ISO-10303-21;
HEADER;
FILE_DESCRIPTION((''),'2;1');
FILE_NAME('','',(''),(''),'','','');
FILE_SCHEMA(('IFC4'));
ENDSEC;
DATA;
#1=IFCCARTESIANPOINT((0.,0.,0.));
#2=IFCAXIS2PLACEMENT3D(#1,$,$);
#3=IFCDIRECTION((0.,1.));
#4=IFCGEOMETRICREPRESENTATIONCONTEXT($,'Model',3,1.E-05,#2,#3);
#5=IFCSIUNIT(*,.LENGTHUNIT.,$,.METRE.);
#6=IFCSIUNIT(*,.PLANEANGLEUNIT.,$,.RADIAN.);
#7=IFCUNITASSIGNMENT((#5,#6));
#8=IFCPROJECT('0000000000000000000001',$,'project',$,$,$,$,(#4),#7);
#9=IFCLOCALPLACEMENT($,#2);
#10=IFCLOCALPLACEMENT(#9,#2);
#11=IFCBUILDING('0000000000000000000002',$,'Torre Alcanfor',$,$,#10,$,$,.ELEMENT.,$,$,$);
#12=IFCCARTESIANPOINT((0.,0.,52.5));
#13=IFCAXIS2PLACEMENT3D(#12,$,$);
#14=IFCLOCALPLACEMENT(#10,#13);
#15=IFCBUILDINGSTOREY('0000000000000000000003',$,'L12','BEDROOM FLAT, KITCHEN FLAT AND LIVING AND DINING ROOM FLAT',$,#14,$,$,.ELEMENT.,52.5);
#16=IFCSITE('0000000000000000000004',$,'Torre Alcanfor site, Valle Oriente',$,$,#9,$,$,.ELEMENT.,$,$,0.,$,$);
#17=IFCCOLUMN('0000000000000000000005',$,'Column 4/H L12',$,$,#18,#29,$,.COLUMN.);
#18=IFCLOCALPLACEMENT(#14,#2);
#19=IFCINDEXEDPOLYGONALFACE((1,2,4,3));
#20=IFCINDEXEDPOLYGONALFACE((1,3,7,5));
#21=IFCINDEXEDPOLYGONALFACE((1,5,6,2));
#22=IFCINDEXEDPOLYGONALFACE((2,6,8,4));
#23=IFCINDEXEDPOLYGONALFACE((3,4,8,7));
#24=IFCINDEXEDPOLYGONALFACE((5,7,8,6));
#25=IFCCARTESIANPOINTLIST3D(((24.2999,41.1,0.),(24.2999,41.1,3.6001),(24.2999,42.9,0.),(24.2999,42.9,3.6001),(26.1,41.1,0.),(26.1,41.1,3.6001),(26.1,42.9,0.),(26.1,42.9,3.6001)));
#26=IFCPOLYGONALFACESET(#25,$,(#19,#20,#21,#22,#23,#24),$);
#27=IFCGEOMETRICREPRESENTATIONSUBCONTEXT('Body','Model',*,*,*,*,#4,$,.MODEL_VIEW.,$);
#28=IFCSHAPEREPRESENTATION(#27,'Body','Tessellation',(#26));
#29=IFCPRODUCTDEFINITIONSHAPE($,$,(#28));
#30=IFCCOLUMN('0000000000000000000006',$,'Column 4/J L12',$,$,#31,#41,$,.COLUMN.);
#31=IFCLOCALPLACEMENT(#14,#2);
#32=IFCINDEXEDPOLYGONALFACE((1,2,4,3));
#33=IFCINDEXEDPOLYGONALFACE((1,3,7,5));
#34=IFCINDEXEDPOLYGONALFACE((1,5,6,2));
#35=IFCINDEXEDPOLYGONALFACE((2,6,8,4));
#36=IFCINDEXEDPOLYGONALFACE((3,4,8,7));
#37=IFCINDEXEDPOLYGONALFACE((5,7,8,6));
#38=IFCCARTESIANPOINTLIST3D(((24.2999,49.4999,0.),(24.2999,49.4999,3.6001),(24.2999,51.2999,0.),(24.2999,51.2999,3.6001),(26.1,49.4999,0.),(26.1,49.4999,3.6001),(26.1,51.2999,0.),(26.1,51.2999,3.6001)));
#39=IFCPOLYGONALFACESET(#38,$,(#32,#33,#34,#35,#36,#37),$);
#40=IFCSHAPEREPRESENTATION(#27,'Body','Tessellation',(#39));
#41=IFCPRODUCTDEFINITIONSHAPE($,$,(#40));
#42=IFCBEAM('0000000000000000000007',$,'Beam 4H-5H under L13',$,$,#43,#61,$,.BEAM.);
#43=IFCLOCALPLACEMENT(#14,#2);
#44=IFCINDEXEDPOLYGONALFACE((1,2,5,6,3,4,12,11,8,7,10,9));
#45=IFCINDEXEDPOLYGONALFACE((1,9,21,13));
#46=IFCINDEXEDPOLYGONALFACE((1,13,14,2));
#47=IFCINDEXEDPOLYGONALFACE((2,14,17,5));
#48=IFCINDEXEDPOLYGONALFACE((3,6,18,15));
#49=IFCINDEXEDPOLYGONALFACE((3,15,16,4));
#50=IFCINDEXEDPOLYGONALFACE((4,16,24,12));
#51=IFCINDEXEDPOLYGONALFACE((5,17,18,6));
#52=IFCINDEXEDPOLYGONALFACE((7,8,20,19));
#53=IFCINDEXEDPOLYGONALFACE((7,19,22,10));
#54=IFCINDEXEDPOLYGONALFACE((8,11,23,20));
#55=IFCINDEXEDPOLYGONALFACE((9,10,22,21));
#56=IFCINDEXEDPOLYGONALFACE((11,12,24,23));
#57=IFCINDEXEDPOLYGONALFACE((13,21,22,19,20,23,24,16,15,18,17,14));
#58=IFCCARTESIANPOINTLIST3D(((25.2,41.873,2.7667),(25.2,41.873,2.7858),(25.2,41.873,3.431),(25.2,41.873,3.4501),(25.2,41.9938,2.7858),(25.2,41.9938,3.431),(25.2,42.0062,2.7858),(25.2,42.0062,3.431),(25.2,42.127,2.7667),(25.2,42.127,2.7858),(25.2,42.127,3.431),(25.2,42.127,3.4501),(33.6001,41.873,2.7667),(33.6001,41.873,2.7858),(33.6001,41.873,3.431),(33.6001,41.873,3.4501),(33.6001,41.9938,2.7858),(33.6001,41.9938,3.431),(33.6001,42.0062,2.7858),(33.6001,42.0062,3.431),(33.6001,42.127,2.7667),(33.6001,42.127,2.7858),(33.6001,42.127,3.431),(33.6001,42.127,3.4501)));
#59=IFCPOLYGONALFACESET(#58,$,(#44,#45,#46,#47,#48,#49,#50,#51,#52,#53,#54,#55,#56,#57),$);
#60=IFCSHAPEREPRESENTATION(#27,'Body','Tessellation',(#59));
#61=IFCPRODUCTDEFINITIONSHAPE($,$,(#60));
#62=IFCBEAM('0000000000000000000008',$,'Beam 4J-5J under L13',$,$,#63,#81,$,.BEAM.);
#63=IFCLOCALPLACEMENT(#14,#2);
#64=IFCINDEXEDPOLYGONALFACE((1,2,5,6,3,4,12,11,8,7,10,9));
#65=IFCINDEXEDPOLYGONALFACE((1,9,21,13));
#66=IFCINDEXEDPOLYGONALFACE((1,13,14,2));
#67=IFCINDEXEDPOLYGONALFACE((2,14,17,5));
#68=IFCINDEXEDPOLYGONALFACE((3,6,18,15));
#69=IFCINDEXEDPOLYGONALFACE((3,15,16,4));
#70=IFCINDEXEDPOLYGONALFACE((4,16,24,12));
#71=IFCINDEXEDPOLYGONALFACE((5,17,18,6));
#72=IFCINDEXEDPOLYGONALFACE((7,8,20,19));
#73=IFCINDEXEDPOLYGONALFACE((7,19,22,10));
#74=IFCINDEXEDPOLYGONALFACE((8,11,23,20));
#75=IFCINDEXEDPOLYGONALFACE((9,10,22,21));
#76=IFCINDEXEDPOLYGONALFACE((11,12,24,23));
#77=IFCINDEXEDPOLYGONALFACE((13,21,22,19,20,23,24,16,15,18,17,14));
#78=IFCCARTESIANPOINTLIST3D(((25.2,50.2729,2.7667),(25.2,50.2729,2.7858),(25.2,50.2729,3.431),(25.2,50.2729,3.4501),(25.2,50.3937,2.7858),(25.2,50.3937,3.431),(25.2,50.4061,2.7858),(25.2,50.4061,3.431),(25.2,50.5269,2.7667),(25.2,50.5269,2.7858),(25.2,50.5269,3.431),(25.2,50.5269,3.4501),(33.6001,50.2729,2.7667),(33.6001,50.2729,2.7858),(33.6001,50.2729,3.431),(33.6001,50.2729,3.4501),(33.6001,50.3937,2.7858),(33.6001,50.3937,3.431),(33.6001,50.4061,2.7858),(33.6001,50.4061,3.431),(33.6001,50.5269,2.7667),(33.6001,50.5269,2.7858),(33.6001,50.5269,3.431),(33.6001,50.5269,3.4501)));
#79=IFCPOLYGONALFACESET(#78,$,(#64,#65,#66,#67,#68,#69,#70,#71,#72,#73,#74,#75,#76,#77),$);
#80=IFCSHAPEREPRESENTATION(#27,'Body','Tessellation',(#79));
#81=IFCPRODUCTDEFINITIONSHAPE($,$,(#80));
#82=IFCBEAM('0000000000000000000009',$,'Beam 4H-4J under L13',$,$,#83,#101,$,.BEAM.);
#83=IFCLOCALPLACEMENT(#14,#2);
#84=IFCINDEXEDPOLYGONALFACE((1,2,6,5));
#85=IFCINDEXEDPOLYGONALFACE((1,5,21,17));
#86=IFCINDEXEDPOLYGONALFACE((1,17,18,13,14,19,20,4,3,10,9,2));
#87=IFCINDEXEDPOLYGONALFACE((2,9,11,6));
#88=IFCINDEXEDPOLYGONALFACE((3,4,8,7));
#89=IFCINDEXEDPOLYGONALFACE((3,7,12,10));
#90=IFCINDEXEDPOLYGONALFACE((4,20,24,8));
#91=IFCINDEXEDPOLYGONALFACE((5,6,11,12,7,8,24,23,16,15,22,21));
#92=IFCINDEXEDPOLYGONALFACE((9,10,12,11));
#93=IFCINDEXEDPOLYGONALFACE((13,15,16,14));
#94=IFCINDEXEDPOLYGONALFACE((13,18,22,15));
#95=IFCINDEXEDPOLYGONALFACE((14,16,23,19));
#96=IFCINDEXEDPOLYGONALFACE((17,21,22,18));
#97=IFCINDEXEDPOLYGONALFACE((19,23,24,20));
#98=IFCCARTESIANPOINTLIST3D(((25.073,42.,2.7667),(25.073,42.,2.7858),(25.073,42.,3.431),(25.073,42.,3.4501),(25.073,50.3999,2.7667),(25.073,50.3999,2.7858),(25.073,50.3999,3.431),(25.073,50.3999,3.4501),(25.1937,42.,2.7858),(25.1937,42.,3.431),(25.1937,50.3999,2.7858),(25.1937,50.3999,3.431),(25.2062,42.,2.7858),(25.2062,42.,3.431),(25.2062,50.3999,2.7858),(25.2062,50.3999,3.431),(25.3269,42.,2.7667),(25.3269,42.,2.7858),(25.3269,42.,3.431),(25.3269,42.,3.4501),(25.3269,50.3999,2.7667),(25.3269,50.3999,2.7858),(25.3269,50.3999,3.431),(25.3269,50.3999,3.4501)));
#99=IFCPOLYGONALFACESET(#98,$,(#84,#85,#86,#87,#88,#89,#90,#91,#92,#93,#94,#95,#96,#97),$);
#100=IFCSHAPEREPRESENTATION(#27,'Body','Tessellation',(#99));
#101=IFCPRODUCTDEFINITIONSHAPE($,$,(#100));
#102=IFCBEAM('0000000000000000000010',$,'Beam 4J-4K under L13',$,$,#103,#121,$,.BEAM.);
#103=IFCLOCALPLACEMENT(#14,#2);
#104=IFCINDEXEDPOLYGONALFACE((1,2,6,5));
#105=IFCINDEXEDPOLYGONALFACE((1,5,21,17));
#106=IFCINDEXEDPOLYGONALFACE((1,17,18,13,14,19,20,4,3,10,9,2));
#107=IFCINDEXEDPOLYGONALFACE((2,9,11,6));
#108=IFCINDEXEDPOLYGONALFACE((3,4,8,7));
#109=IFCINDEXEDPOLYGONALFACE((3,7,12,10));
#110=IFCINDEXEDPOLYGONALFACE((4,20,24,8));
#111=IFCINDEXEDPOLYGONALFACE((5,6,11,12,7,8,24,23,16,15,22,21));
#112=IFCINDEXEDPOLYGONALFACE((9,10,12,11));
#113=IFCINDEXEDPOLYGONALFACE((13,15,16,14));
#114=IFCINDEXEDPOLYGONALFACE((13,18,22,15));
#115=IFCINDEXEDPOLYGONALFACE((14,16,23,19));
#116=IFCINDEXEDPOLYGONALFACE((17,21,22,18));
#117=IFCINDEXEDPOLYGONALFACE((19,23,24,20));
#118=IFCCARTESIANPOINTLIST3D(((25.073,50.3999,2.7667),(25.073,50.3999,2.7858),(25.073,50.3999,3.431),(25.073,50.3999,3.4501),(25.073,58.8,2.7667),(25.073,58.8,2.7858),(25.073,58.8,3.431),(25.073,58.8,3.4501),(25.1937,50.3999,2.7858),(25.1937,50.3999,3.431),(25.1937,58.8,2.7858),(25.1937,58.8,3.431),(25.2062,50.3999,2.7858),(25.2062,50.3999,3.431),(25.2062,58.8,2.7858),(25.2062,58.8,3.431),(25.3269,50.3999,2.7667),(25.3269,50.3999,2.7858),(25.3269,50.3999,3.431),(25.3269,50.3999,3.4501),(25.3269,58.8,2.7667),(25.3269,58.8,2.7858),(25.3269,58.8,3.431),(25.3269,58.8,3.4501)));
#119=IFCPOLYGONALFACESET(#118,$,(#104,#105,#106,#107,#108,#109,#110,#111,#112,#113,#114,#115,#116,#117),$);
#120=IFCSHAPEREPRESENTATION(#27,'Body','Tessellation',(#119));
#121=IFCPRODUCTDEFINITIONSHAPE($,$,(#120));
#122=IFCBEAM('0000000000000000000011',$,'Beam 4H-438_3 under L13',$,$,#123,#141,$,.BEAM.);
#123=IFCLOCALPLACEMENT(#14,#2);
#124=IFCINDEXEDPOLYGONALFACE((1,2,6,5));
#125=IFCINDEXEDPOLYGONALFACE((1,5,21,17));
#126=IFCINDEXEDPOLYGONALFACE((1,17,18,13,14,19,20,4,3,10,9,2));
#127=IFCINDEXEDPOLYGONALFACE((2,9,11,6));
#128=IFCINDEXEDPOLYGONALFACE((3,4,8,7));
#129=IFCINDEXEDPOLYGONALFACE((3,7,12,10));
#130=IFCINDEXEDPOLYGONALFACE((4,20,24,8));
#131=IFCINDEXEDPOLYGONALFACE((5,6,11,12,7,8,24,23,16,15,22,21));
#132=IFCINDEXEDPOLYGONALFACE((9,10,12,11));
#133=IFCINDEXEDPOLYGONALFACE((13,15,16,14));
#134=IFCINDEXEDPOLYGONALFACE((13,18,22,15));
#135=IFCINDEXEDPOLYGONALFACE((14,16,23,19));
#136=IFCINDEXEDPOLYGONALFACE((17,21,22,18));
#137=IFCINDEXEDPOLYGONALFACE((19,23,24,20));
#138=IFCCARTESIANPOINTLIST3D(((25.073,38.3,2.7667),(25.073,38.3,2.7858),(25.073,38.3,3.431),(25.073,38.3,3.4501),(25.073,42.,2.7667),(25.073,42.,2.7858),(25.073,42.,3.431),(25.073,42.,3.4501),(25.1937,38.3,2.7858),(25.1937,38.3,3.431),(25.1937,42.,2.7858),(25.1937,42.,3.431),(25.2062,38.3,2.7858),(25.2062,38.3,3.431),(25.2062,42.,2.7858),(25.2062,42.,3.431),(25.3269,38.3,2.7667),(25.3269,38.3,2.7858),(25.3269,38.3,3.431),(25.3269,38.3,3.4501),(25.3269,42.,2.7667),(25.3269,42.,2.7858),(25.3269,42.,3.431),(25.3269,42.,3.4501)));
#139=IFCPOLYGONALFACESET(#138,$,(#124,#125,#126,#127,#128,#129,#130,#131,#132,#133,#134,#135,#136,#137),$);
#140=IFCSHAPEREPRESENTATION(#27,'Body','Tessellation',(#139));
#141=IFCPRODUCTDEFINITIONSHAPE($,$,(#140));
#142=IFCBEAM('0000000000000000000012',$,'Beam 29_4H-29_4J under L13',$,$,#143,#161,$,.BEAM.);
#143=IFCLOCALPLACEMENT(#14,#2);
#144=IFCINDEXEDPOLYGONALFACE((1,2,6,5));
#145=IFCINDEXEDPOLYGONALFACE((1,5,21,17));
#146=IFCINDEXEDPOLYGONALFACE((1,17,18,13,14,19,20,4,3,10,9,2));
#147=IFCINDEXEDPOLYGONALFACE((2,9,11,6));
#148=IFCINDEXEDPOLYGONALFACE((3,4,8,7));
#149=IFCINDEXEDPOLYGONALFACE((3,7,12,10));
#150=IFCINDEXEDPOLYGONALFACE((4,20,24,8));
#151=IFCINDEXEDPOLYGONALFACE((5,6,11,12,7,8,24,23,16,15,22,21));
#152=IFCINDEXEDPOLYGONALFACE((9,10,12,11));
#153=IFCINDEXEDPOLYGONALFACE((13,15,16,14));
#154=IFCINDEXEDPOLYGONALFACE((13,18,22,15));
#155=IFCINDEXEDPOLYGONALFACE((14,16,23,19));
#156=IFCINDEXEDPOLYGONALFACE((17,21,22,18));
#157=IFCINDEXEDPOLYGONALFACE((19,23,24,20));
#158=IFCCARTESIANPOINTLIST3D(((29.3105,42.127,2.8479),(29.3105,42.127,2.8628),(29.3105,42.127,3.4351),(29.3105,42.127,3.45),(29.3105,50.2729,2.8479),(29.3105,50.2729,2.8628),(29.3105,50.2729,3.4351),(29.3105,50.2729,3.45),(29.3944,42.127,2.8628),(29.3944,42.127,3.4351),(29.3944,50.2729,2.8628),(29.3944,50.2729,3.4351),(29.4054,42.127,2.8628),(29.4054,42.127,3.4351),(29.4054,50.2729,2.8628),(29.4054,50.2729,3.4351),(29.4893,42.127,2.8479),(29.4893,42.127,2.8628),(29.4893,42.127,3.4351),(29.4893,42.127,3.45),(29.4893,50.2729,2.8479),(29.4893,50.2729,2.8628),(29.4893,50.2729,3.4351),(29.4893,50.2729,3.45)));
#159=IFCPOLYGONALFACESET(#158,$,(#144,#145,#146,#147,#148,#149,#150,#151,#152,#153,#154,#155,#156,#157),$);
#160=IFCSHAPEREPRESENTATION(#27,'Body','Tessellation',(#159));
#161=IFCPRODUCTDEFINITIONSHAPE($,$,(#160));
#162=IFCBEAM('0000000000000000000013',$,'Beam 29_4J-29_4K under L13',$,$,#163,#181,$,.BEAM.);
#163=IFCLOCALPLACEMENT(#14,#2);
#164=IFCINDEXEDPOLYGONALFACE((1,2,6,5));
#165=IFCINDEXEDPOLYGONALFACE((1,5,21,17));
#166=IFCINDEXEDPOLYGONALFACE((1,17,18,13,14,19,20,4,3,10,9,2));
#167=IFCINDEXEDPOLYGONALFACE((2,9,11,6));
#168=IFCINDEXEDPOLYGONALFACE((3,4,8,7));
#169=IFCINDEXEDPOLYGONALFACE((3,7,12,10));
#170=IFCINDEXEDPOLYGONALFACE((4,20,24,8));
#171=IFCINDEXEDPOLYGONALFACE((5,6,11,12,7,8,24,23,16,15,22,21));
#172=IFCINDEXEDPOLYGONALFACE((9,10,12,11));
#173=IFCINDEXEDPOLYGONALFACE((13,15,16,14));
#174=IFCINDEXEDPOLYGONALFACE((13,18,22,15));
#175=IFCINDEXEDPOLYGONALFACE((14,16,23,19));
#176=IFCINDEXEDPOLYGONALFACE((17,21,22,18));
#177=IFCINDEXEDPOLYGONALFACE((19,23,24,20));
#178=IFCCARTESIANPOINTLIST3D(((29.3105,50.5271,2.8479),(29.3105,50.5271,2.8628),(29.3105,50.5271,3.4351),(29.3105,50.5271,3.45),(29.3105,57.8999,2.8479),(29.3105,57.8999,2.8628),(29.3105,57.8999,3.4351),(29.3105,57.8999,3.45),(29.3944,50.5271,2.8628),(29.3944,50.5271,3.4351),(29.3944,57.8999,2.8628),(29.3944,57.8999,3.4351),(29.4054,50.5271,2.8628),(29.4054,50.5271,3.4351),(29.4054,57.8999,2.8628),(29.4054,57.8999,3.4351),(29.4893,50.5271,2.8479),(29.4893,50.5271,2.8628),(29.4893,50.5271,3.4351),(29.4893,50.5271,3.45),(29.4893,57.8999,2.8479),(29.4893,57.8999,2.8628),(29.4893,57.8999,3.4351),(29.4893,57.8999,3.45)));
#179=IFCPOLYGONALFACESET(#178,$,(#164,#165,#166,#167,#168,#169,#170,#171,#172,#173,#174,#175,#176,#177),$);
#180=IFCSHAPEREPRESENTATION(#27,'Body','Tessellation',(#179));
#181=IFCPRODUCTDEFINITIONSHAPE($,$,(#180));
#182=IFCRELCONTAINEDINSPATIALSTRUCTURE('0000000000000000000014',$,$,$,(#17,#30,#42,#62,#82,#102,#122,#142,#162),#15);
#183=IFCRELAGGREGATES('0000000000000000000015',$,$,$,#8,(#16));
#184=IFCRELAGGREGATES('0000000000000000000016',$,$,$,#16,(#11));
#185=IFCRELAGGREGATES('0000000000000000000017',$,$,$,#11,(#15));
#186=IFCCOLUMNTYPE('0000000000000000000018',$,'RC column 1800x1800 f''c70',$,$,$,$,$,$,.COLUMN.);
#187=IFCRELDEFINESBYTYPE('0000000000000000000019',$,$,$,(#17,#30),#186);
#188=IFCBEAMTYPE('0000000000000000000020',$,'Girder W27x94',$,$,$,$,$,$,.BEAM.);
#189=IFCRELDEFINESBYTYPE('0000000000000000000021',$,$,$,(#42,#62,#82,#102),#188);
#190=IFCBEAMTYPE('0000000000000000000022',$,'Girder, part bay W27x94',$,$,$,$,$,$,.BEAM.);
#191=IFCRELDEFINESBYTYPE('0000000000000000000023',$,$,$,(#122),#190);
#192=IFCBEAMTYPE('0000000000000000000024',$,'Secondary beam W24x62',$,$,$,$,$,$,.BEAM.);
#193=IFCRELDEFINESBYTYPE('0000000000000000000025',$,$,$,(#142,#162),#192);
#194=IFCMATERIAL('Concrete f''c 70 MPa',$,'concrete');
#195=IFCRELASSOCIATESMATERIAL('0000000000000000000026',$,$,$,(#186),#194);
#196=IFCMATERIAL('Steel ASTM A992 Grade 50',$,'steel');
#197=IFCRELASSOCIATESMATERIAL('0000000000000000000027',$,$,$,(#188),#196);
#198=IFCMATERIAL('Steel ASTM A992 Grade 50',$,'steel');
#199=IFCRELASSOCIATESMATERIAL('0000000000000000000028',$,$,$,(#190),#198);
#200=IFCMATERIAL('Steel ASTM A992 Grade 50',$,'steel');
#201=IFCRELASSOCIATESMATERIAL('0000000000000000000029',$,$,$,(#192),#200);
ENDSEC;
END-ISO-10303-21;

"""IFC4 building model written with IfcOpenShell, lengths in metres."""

from ifc_helpers import new_model, si_unit, direction, frame, origin, origin_2d, place, context, subcontext, project, spatial, rectangle, i_section, extrude, material, material_profile, profile_set, type_object, element, save


model = new_model("IFC4")

# Units and contexts
model_context = context("Model", 3, precision=1e-05, world=origin(), true_north=direction((0.0, 1.0)))
body_context = subcontext(model_context, "Body", "Model", "MODEL_VIEW")
ifc_project = project(units=[si_unit("LENGTHUNIT", "METRE"), si_unit("PLANEANGLEUNIT", "RADIAN")], contexts=[model_context])

# Site, building, storey
site_placement = place(None, origin())
site = spatial("IfcSite", under=ifc_project, at=site_placement, Name="Torre Alcanfor site, Valle Oriente", CompositionType="ELEMENT", RefElevation=0.0)
building_placement = place(site_placement, origin())
building = spatial("IfcBuilding", under=site, at=building_placement, Name="Torre Alcanfor", CompositionType="ELEMENT")
storey_placement = place(building_placement, frame((0.0, 0.0, 52.5)))
storey = spatial("IfcBuildingStorey", under=building, at=storey_placement, Name="L12", Description="BEDROOM FLAT, KITCHEN FLAT AND LIVING AND DINING ROOM FLAT", CompositionType="ELEMENT", Elevation=52.5)

# Columns
ifc_material_1 = material(Name="Concrete f'c 70 MPa", Category="concrete")
ifc_material_profile_1 = material_profile(ifc_material_1, rectangle(XDim=1.8, YDim=1.8, at=origin_2d()), Name="1800x1800")
ifc_profile_set_1 = profile_set([ifc_material_profile_1], Name="Concrete f'c 70 MPa")
column_type = type_object("IfcColumnType", Name="RC column 1800x1800 f'c70", PredefinedType="COLUMN", material=ifc_profile_set_1)
for number, where, z_axis, x_axis, name in (
    (1, (25.2, 42.0, 0.0), (0.0, 0.0, 1.0), (1.0, 0.0, 0.0), "Column 4/H L12"),
    (2, (25.2, 50.3999, 0.0), (0.0, 0.0, 1.0), (1.0, 0.0, 0.0), "Column 4/J L12"),
):
    element("IfcColumn", number, at=place(storey_placement, frame(where, z_axis=z_axis, x_axis=x_axis)), inside=storey, type_object=column_type, Name=name, PredefinedType="COLUMN", context=body_context, shape_type="SweptSolid", body=[
        extrude(rectangle(XDim=1.8, YDim=1.8, at=origin_2d()), origin(), (0.0, 0.0, 1.0), 3.6001),
    ])

# Beams
ifc_material_2 = material(Name="Steel ASTM A992 Grade 50", Category="steel")
ifc_material_profile_2 = material_profile(ifc_material_2, i_section(OverallWidth=0.2539, OverallDepth=0.6833, WebThickness=0.0125, FlangeThickness=0.019, at=origin_2d()), Name="W27x94")
ifc_profile_set_2 = profile_set([ifc_material_profile_2], Name="Steel ASTM A992 Grade 50")
beam_type_1 = type_object("IfcBeamType", Name="Girder W27x94", PredefinedType="BEAM", material=ifc_profile_set_2)
for number, where, z_axis, x_axis, name in (
    (3, (25.2, 42.0, 3.1084), (1.0, 0.0, 0.0), (0.0, 1.0, 0.0), "Beam 4H-5H under L13"),
    (4, (25.2, 50.3999, 3.1084), (1.0, 0.0, 0.0), (0.0, 1.0, 0.0), "Beam 4J-5J under L13"),
):
    element("IfcBeam", number, at=place(storey_placement, frame(where, z_axis=z_axis, x_axis=x_axis)), inside=storey, type_object=beam_type_1, Name=name, PredefinedType="BEAM", context=body_context, shape_type="SweptSolid", body=[
        extrude(i_section(OverallWidth=0.2539, OverallDepth=0.6833, WebThickness=0.0125, FlangeThickness=0.019, at=origin_2d()), origin(), (0.0, 0.0, 1.0), 8.4001),
    ])
beam_1_placement = place(storey_placement, frame((25.2, 42.0, 3.1084), z_axis=(0.0, 1.0, 0.0), x_axis=(-1.0, 0.0, 0.0)))
element("IfcBeam", 5, at=beam_1_placement, inside=storey, type_object=beam_type_1, Name="Beam 4H-4J under L13", PredefinedType="BEAM", context=body_context, shape_type="SweptSolid", body=[
    extrude(i_section(OverallWidth=0.2539, OverallDepth=0.6833, WebThickness=0.0125, FlangeThickness=0.019, at=origin_2d()), origin(), (0.0, 0.0, 1.0), 8.3999),
])
beam_2_placement = place(storey_placement, frame((25.2, 50.3999, 3.1084), z_axis=(0.0, 1.0, 0.0), x_axis=(-1.0, 0.0, 0.0)))
element("IfcBeam", 6, at=beam_2_placement, inside=storey, type_object=beam_type_1, Name="Beam 4J-4K under L13", PredefinedType="BEAM", context=body_context, shape_type="SweptSolid", body=[
    extrude(i_section(OverallWidth=0.2539, OverallDepth=0.6833, WebThickness=0.0125, FlangeThickness=0.019, at=origin_2d()), origin(), (0.0, 0.0, 1.0), 8.4001),
])
ifc_material_3 = material(Name="Steel ASTM A992 Grade 50", Category="steel")
ifc_material_profile_3 = material_profile(ifc_material_3, i_section(OverallWidth=0.2539, OverallDepth=0.6833, WebThickness=0.0125, FlangeThickness=0.019, at=origin_2d()), Name="W27x94")
ifc_profile_set_3 = profile_set([ifc_material_profile_3], Name="Steel ASTM A992 Grade 50")
beam_type_2 = type_object("IfcBeamType", Name="Girder, part bay W27x94", PredefinedType="BEAM", material=ifc_profile_set_3)
beam_3_placement = place(storey_placement, frame((25.2, 42.0, 3.1084), z_axis=(0.0, -1.0, 0.0), x_axis=(1.0, 0.0, 0.0)))
element("IfcBeam", 7, at=beam_3_placement, inside=storey, type_object=beam_type_2, Name="Beam 4H-438_3 under L13", PredefinedType="BEAM", context=body_context, shape_type="SweptSolid", body=[
    extrude(i_section(OverallWidth=0.2539, OverallDepth=0.6833, WebThickness=0.0125, FlangeThickness=0.019, at=origin_2d()), origin(), (0.0, 0.0, 1.0), 3.7),
])
ifc_material_4 = material(Name="Steel ASTM A992 Grade 50", Category="steel")
ifc_material_profile_4 = material_profile(ifc_material_4, i_section(OverallWidth=0.1787, OverallDepth=0.6021, WebThickness=0.011, FlangeThickness=0.0149, at=origin_2d()), Name="W24x62")
ifc_profile_set_4 = profile_set([ifc_material_profile_4], Name="Steel ASTM A992 Grade 50")
beam_type_3 = type_object("IfcBeamType", Name="Secondary beam W24x62", PredefinedType="BEAM", material=ifc_profile_set_4)
beam_4_placement = place(storey_placement, frame((29.3999, 42.127, 3.1489), z_axis=(0.0, 1.0, 0.0), x_axis=(-1.0, 0.0, 0.0)))
element("IfcBeam", 8, at=beam_4_placement, inside=storey, type_object=beam_type_3, Name="Beam 29_4H-29_4J under L13", PredefinedType="BEAM", context=body_context, shape_type="SweptSolid", body=[
    extrude(i_section(OverallWidth=0.1787, OverallDepth=0.6021, WebThickness=0.011, FlangeThickness=0.0149, at=origin_2d()), origin(), (0.0, 0.0, 1.0), 8.146),
])
beam_5_placement = place(storey_placement, frame((29.3999, 50.5271, 3.1489), z_axis=(0.0, 1.0, 0.0), x_axis=(-1.0, 0.0, 0.0)))
element("IfcBeam", 9, at=beam_5_placement, inside=storey, type_object=beam_type_3, Name="Beam 29_4J-29_4K under L13", PredefinedType="BEAM", context=body_context, shape_type="SweptSolid", body=[
    extrude(i_section(OverallWidth=0.1787, OverallDepth=0.6021, WebThickness=0.011, FlangeThickness=0.0149, at=origin_2d()), origin(), (0.0, 0.0, 1.0), 7.3728),
])

save(model, "model.ifc")
